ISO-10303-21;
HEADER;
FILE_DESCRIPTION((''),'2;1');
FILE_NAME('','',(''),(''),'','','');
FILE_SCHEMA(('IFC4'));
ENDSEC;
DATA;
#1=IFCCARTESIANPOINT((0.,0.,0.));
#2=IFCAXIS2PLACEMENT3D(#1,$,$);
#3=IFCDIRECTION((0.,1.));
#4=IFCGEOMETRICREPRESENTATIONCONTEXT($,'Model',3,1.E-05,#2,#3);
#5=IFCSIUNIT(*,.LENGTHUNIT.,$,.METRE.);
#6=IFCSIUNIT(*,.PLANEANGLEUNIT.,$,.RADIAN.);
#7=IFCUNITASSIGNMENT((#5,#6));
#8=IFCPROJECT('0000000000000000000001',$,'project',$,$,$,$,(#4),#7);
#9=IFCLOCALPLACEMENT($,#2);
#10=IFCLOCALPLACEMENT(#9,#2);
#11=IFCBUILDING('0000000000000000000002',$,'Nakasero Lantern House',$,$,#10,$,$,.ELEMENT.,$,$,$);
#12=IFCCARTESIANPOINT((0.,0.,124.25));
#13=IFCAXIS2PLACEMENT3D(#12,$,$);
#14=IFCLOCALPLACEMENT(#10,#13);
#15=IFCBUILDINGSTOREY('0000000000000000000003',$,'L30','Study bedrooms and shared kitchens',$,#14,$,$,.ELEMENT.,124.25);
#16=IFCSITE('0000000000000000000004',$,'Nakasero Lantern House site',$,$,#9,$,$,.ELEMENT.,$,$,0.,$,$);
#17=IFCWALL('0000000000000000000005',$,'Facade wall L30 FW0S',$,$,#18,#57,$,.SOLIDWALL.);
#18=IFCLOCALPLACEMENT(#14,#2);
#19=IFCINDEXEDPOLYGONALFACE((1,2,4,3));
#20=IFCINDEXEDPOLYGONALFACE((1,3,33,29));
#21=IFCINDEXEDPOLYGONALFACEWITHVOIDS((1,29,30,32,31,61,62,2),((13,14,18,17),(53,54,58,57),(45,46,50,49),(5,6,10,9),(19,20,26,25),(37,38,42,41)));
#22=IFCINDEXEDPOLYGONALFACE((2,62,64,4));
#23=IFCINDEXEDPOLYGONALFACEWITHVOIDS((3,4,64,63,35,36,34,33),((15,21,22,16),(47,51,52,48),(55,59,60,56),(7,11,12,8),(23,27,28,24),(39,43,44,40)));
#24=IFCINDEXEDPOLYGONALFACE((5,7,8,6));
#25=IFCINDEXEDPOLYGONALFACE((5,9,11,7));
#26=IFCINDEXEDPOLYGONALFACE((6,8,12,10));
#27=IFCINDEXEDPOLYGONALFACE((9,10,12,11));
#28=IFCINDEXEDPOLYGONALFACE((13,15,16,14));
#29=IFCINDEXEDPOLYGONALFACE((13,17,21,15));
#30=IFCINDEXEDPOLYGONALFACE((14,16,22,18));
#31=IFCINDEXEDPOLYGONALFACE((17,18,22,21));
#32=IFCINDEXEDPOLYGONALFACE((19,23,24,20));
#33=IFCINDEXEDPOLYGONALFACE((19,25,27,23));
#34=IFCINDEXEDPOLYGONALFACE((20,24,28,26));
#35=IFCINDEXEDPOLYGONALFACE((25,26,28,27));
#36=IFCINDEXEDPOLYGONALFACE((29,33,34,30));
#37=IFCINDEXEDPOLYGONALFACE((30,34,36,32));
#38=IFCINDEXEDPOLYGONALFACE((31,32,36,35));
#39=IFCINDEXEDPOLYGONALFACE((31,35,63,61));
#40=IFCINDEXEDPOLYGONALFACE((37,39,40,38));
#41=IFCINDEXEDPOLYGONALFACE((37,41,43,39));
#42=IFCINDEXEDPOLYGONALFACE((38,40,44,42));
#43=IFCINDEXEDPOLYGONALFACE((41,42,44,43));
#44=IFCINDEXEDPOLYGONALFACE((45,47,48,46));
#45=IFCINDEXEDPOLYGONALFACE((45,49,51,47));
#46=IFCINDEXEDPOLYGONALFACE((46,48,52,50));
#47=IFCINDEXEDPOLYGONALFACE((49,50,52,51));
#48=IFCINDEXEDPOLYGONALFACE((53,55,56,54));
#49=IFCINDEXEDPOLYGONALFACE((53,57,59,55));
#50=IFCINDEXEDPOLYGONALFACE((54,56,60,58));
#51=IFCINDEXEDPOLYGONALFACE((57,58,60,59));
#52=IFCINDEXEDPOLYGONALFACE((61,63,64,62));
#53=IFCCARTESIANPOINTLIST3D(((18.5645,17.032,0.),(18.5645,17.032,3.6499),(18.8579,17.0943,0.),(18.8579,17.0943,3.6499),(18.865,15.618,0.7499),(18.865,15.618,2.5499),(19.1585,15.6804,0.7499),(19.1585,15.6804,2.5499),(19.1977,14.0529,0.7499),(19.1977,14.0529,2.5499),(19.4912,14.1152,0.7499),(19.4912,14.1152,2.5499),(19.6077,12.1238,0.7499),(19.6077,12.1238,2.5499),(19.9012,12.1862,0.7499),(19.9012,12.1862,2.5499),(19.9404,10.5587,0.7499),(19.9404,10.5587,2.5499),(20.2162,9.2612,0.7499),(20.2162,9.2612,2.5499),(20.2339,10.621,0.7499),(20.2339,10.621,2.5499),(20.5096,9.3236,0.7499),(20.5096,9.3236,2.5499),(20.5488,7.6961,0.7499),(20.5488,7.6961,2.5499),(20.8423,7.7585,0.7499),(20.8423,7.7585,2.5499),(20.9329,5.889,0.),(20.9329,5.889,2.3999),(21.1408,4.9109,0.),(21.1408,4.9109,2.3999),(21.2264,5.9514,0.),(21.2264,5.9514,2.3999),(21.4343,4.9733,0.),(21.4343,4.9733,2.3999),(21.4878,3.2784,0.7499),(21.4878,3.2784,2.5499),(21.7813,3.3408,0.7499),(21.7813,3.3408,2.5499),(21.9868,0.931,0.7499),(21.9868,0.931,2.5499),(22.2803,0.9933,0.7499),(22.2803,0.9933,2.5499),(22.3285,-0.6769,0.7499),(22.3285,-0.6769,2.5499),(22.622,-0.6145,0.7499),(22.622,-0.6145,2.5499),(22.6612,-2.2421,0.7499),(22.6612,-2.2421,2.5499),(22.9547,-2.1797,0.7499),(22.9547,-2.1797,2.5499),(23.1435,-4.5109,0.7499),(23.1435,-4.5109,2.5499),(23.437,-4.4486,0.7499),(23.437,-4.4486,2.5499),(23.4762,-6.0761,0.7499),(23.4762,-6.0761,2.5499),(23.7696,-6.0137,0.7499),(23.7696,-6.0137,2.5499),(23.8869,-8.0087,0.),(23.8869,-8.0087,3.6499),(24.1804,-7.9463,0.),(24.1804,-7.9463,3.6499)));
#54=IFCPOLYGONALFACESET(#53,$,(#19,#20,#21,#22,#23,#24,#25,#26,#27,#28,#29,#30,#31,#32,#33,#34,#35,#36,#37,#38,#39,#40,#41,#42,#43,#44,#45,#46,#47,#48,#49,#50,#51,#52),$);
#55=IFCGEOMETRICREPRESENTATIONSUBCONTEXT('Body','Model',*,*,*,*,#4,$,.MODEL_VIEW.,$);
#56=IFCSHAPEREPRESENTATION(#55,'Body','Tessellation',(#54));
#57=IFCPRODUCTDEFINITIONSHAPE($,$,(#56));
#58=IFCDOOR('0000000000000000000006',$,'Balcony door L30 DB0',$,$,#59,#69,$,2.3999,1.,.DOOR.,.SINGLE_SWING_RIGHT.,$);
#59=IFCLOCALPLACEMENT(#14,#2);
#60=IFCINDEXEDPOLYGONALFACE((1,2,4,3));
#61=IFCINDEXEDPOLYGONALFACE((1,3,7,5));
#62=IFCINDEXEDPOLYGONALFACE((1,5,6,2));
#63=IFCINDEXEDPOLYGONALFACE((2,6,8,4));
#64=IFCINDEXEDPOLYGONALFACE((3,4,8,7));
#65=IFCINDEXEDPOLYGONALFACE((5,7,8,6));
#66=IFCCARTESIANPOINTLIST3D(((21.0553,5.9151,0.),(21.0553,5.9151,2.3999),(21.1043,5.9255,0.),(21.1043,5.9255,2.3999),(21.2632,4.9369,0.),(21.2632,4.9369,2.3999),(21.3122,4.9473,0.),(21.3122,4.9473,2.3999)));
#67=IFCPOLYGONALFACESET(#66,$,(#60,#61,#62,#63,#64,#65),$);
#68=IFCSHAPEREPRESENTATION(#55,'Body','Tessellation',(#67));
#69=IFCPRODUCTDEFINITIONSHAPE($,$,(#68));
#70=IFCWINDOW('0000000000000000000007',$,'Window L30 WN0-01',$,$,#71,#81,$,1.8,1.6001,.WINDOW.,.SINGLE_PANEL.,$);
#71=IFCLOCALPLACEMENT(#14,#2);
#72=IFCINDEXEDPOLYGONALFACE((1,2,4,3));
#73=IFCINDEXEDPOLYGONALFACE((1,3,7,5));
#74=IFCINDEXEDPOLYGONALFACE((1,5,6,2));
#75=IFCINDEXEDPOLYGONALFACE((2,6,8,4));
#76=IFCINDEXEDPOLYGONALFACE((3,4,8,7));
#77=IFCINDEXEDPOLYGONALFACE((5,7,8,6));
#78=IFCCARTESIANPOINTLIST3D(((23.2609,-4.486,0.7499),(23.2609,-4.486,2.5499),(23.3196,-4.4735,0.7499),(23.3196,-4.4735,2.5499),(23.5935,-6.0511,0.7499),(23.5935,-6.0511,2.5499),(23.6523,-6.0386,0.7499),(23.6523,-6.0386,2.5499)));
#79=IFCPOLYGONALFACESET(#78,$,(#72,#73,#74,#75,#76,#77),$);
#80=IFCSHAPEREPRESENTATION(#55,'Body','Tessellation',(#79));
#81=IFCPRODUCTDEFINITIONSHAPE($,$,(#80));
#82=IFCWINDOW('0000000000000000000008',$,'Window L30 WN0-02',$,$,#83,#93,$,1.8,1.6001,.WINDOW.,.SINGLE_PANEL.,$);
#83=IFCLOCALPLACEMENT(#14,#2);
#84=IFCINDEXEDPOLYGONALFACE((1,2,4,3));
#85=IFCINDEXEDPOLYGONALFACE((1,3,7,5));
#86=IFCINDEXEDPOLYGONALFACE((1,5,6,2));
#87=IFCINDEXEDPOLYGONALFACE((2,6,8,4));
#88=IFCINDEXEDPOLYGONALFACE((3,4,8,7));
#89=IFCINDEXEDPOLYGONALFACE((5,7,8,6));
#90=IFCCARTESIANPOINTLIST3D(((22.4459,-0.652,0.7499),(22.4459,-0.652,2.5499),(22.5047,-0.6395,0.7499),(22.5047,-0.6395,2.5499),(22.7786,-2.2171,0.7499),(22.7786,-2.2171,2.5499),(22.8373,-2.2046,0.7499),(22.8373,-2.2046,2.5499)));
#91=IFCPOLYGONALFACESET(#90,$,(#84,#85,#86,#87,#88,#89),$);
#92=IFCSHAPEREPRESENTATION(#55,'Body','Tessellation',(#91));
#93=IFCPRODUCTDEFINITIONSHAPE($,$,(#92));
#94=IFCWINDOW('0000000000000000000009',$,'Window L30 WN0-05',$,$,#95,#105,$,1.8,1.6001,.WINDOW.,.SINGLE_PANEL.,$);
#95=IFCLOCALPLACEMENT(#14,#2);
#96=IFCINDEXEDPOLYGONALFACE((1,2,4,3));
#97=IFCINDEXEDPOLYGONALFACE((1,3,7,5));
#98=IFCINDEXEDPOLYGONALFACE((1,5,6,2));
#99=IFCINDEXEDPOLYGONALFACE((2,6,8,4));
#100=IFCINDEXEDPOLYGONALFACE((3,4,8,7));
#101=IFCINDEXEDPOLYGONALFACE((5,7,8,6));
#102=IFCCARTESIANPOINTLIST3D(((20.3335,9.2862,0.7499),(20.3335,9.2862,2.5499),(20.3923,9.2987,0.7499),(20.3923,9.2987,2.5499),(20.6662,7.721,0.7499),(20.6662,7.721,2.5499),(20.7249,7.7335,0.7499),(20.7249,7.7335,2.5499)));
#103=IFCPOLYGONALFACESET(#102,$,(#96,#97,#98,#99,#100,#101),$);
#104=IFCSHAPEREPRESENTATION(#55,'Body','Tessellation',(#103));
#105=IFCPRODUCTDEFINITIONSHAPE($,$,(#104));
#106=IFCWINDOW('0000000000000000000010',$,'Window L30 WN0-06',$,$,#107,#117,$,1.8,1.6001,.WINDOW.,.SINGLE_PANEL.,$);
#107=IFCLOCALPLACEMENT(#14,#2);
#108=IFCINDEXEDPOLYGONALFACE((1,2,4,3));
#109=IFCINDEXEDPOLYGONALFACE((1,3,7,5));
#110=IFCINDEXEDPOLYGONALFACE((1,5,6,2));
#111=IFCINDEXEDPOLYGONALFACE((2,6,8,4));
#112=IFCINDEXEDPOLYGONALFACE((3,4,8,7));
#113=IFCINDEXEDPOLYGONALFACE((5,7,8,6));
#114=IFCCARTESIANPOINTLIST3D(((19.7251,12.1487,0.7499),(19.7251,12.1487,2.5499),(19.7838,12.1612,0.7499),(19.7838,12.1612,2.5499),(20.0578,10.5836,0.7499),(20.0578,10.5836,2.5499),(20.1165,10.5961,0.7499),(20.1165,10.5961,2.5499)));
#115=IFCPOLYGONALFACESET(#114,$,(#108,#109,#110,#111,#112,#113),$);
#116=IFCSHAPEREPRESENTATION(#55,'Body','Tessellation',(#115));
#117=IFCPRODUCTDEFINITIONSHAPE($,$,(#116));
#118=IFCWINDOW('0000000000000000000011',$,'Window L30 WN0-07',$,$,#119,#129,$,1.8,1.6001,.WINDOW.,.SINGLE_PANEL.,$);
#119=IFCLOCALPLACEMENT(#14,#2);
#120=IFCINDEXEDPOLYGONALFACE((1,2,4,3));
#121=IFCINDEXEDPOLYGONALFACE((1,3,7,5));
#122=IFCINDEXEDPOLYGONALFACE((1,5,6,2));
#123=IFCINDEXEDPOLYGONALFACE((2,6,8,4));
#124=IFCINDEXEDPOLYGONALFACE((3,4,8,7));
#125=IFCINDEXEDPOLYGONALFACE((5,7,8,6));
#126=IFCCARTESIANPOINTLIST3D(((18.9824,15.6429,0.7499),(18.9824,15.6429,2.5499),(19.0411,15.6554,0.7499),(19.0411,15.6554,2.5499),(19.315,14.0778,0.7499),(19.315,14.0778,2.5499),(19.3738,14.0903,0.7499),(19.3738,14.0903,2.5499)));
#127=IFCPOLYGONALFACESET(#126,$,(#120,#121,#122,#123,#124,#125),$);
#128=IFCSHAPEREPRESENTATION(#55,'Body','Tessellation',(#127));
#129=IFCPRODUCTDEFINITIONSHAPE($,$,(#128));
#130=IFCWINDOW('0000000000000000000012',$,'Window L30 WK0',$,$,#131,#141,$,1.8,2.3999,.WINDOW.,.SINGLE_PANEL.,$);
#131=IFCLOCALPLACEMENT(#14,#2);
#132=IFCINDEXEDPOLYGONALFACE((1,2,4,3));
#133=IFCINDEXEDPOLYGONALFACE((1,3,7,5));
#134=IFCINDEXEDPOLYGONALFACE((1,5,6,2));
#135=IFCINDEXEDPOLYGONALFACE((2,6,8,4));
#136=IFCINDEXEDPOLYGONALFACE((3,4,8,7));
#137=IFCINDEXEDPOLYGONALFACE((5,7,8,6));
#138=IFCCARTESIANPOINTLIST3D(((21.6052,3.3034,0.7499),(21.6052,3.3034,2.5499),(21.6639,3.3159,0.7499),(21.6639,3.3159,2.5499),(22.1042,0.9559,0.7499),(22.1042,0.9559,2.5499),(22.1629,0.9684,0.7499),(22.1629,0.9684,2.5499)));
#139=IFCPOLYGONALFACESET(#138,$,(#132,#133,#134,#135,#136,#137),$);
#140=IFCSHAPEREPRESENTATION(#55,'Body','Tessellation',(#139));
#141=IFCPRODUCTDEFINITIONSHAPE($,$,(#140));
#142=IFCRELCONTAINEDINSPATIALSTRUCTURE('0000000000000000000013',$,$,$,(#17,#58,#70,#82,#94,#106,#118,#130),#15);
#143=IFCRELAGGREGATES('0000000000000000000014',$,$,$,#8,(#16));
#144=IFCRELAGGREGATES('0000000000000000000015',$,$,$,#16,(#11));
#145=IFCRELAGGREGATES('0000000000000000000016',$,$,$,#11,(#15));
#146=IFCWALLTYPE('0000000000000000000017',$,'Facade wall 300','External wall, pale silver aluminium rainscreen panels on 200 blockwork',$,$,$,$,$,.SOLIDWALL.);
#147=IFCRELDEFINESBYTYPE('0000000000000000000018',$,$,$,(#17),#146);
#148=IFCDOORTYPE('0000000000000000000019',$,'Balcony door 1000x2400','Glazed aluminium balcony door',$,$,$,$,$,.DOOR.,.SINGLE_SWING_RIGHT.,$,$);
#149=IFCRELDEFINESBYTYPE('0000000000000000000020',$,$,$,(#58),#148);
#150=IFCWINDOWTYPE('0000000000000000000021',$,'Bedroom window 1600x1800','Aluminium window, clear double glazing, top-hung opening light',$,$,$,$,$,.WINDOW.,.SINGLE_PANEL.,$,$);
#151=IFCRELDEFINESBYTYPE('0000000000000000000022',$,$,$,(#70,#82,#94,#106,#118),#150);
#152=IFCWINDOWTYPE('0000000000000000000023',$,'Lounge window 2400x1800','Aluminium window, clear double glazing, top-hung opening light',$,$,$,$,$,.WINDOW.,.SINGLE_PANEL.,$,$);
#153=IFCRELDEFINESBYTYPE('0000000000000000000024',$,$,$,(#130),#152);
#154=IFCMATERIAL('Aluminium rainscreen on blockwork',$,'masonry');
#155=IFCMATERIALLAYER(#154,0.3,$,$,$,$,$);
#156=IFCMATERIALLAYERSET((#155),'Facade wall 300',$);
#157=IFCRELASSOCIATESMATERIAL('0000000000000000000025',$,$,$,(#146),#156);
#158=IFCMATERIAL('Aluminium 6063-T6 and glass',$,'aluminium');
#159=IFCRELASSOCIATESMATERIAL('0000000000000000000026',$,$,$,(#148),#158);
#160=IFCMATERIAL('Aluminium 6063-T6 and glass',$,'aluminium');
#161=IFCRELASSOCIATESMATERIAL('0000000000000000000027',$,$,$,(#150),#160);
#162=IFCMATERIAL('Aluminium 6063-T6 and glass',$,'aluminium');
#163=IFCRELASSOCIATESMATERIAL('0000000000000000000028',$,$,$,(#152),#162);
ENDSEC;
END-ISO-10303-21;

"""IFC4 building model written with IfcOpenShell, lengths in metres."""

from ifc_helpers import new_model, si_unit, direction, frame, frame_2d, origin, place, context, subcontext, project, spatial, rectangle, extrude, material, layer, layer_set, type_object, element, fill, save


model = new_model("IFC4")

# Units and contexts
model_context = context("Model", 3, precision=1e-05, world=origin(), true_north=direction((0.0, 1.0)))
body_context = subcontext(model_context, "Body", "Model", "MODEL_VIEW")
ifc_project = project(units=[si_unit("LENGTHUNIT", "METRE"), si_unit("PLANEANGLEUNIT", "RADIAN")], contexts=[model_context])

# Site, building, storey
site_placement = place(None, origin())
site = spatial("IfcSite", under=ifc_project, at=site_placement, Name="Nakasero Lantern House site", CompositionType="ELEMENT", RefElevation=0.0)
building_placement = place(site_placement, origin())
building = spatial("IfcBuilding", under=site, at=building_placement, Name="Nakasero Lantern House", CompositionType="ELEMENT")
storey_placement = place(building_placement, frame((0.0, 0.0, 124.25)))
storey = spatial("IfcBuildingStorey", under=building, at=storey_placement, Name="L30", Description="Study bedrooms and shared kitchens", CompositionType="ELEMENT", Elevation=124.25)

# Wall, openings, door, windows
ifc_material_1 = material(Name="Aluminium rainscreen on blockwork", Category="masonry")
ifc_layer_1 = layer(ifc_material_1, 0.3)
ifc_layer_set_1 = layer_set([ifc_layer_1], Name="Facade wall 300")
wall_type_1 = type_object("IfcWallType", Name="Facade wall 300", Description="External wall, pale silver aluminium rainscreen panels on 200 blockwork", PredefinedType="SOLIDWALL", material=ifc_layer_set_1)
wall_1_placement = place(storey_placement, frame((24.0337, -7.9775, 0.0), z_axis=(0.0, 0.0, 1.0), x_axis=(-0.207909, 0.978148, 0.0)))
wall_1 = element("IfcWall", 1, at=wall_1_placement, inside=storey, type_object=wall_type_1, Name="Facade wall L30 FW0S", PredefinedType="SOLIDWALL", context=body_context, shape_type="SweptSolid", body=[
    extrude(rectangle(XDim=25.6001, YDim=0.3, at=frame_2d((12.8, 0.0))), origin(), (0.0, 0.0, 1.0), 3.6499),
])
opening_1_placement = place(wall_1_placement, frame((1.9758, 0.0, 0.75)))
opening_1 = element("IfcOpeningElement", 2, at=opening_1_placement, cuts=wall_1, PredefinedType="OPENING", context=body_context, shape_type="SweptSolid", body=[
    extrude(rectangle(XDim=1.6001, YDim=1.8, at=frame_2d((0.8, 0.8999))), frame((0.0, 0.1699, 0.0), z_axis=(0.0, -1.0, 0.0), x_axis=(1.0, 0.0, 0.0)), (0.0, 0.0, 1.0), 0.3401),
])
opening_2_placement = place(wall_1_placement, frame((5.8955, 0.0, 0.75)))
opening_2 = element("IfcOpeningElement", 3, at=opening_2_placement, cuts=wall_1, PredefinedType="OPENING", context=body_context, shape_type="SweptSolid", body=[
    extrude(rectangle(XDim=1.6001, YDim=1.8, at=frame_2d((0.8, 0.8999))), frame((0.0, 0.1699, 0.0), z_axis=(0.0, -1.0, 0.0), x_axis=(1.0, 0.0, 0.0)), (0.0, 0.0, 1.0), 0.3401),
])
opening_3_placement = place(wall_1_placement, frame((16.0557, 0.0, 0.75)))
opening_3 = element("IfcOpeningElement", 4, at=opening_3_placement, cuts=wall_1, PredefinedType="OPENING", context=body_context, shape_type="SweptSolid", body=[
    extrude(rectangle(XDim=1.6001, YDim=1.8, at=frame_2d((0.8, 0.8999))), frame((0.0, 0.1699, 0.0), z_axis=(0.0, -1.0, 0.0), x_axis=(1.0, 0.0, 0.0)), (0.0, 0.0, 1.0), 0.3401),
])
opening_4_placement = place(wall_1_placement, frame((18.9822, 0.0, 0.75)))
opening_4 = element("IfcOpeningElement", 5, at=opening_4_placement, cuts=wall_1, PredefinedType="OPENING", context=body_context, shape_type="SweptSolid", body=[
    extrude(rectangle(XDim=1.6001, YDim=1.8, at=frame_2d((0.8, 0.8999))), frame((0.0, 0.1699, 0.0), z_axis=(0.0, -1.0, 0.0), x_axis=(1.0, 0.0, 0.0)), (0.0, 0.0, 1.0), 0.3401),
])
opening_5_placement = place(wall_1_placement, frame((22.5544, 0.0, 0.75)))
opening_5 = element("IfcOpeningElement", 6, at=opening_5_placement, cuts=wall_1, PredefinedType="OPENING", context=body_context, shape_type="SweptSolid", body=[
    extrude(rectangle(XDim=1.6001, YDim=1.8, at=frame_2d((0.8, 0.8999))), frame((0.0, 0.1699, 0.0), z_axis=(0.0, -1.0, 0.0), x_axis=(1.0, 0.0, 0.0)), (0.0, 0.0, 1.0), 0.3401),
])
opening_6_placement = place(wall_1_placement, frame((9.1394, 0.0, 0.75)))
opening_6 = element("IfcOpeningElement", 7, at=opening_6_placement, cuts=wall_1, PredefinedType="OPENING", context=body_context, shape_type="SweptSolid", body=[
    extrude(rectangle(XDim=2.3999, YDim=1.8, at=frame_2d((1.2, 0.8999))), frame((0.0, 0.1699, 0.0), z_axis=(0.0, -1.0, 0.0), x_axis=(1.0, 0.0, 0.0)), (0.0, 0.0, 1.0), 0.3401),
])
opening_7_placement = place(wall_1_placement, frame((13.2083, 0.0, 0.0)))
opening_7 = element("IfcOpeningElement", 8, at=opening_7_placement, cuts=wall_1, PredefinedType="OPENING", context=body_context, shape_type="SweptSolid", body=[
    extrude(rectangle(XDim=1.0, YDim=2.3999, at=frame_2d((0.5, 1.2))), frame((0.0, 0.1699, 0.0), z_axis=(0.0, -1.0, 0.0), x_axis=(1.0, 0.0, 0.0)), (0.0, 0.0, 1.0), 0.3401),
])
ifc_material_2 = material(Name="Aluminium 6063-T6 and glass", Category="aluminium")
door_type = type_object("IfcDoorType", Name="Balcony door 1000x2400", Description="Glazed aluminium balcony door", OperationType="SINGLE_SWING_RIGHT", PredefinedType="DOOR", material=ifc_material_2)
door_placement = place(opening_7_placement, origin())
door = element("IfcDoor", 9, at=door_placement, inside=storey, type_object=door_type, Name="Balcony door L30 DB0", OperationType="SINGLE_SWING_RIGHT", OverallHeight=2.3999, OverallWidth=1.0, PredefinedType="DOOR", context=body_context, shape_type="SweptSolid", body=[
    extrude(rectangle(XDim=1.0, YDim=2.3999, at=frame_2d((0.5, 1.2))), frame((0.0, 0.0249, 0.0), z_axis=(0.0, -1.0, 0.0), x_axis=(1.0, 0.0, 0.0)), (0.0, 0.0, 1.0), 0.05),
])
fill(opening_7, door)
ifc_material_3 = material(Name="Aluminium 6063-T6 and glass", Category="aluminium")
window_type_1 = type_object("IfcWindowType", Name="Bedroom window 1600x1800", Description="Aluminium window, clear double glazing, top-hung opening light", PartitioningType="SINGLE_PANEL", PredefinedType="WINDOW", material=ifc_material_3)
window_1_placement = place(opening_1_placement, origin())
window_1 = element("IfcWindow", 10, at=window_1_placement, inside=storey, type_object=window_type_1, Name="Window L30 WN0-01", OverallHeight=1.8, OverallWidth=1.6001, PartitioningType="SINGLE_PANEL", PredefinedType="WINDOW", context=body_context, shape_type="SweptSolid", body=[
    extrude(rectangle(XDim=1.6001, YDim=1.8, at=frame_2d((0.8, 0.8999))), frame((0.0, 0.03, 0.0), z_axis=(0.0, -1.0, 0.0), x_axis=(1.0, 0.0, 0.0)), (0.0, 0.0, 1.0), 0.0601),
])
fill(opening_1, window_1)
window_2_placement = place(opening_2_placement, origin())
window_2 = element("IfcWindow", 11, at=window_2_placement, inside=storey, type_object=window_type_1, Name="Window L30 WN0-02", OverallHeight=1.8, OverallWidth=1.6001, PartitioningType="SINGLE_PANEL", PredefinedType="WINDOW", context=body_context, shape_type="SweptSolid", body=[
    extrude(rectangle(XDim=1.6001, YDim=1.8, at=frame_2d((0.8, 0.8999))), frame((0.0, 0.03, 0.0), z_axis=(0.0, -1.0, 0.0), x_axis=(1.0, 0.0, 0.0)), (0.0, 0.0, 1.0), 0.0601),
])
fill(opening_2, window_2)
window_3_placement = place(opening_3_placement, origin())
window_3 = element("IfcWindow", 12, at=window_3_placement, inside=storey, type_object=window_type_1, Name="Window L30 WN0-05", OverallHeight=1.8, OverallWidth=1.6001, PartitioningType="SINGLE_PANEL", PredefinedType="WINDOW", context=body_context, shape_type="SweptSolid", body=[
    extrude(rectangle(XDim=1.6001, YDim=1.8, at=frame_2d((0.8, 0.8999))), frame((0.0, 0.03, 0.0), z_axis=(0.0, -1.0, 0.0), x_axis=(1.0, 0.0, 0.0)), (0.0, 0.0, 1.0), 0.0601),
])
fill(opening_3, window_3)
window_4_placement = place(opening_4_placement, origin())
window_4 = element("IfcWindow", 13, at=window_4_placement, inside=storey, type_object=window_type_1, Name="Window L30 WN0-06", OverallHeight=1.8, OverallWidth=1.6001, PartitioningType="SINGLE_PANEL", PredefinedType="WINDOW", context=body_context, shape_type="SweptSolid", body=[
    extrude(rectangle(XDim=1.6001, YDim=1.8, at=frame_2d((0.8, 0.8999))), frame((0.0, 0.03, 0.0), z_axis=(0.0, -1.0, 0.0), x_axis=(1.0, 0.0, 0.0)), (0.0, 0.0, 1.0), 0.0601),
])
fill(opening_4, window_4)
window_5_placement = place(opening_5_placement, origin())
window_5 = element("IfcWindow", 14, at=window_5_placement, inside=storey, type_object=window_type_1, Name="Window L30 WN0-07", OverallHeight=1.8, OverallWidth=1.6001, PartitioningType="SINGLE_PANEL", PredefinedType="WINDOW", context=body_context, shape_type="SweptSolid", body=[
    extrude(rectangle(XDim=1.6001, YDim=1.8, at=frame_2d((0.8, 0.8999))), frame((0.0, 0.03, 0.0), z_axis=(0.0, -1.0, 0.0), x_axis=(1.0, 0.0, 0.0)), (0.0, 0.0, 1.0), 0.0601),
])
fill(opening_5, window_5)
ifc_material_4 = material(Name="Aluminium 6063-T6 and glass", Category="aluminium")
window_type_2 = type_object("IfcWindowType", Name="Lounge window 2400x1800", Description="Aluminium window, clear double glazing, top-hung opening light", PartitioningType="SINGLE_PANEL", PredefinedType="WINDOW", material=ifc_material_4)
window_6_placement = place(opening_6_placement, origin())
window_6 = element("IfcWindow", 15, at=window_6_placement, inside=storey, type_object=window_type_2, Name="Window L30 WK0", OverallHeight=1.8, OverallWidth=2.3999, PartitioningType="SINGLE_PANEL", PredefinedType="WINDOW", context=body_context, shape_type="SweptSolid", body=[
    extrude(rectangle(XDim=2.3999, YDim=1.8, at=frame_2d((1.2, 0.8999))), frame((0.0, 0.03, 0.0), z_axis=(0.0, -1.0, 0.0), x_axis=(1.0, 0.0, 0.0)), (0.0, 0.0, 1.0), 0.0601),
])
fill(opening_6, window_6)

save(model, "model.ifc")
